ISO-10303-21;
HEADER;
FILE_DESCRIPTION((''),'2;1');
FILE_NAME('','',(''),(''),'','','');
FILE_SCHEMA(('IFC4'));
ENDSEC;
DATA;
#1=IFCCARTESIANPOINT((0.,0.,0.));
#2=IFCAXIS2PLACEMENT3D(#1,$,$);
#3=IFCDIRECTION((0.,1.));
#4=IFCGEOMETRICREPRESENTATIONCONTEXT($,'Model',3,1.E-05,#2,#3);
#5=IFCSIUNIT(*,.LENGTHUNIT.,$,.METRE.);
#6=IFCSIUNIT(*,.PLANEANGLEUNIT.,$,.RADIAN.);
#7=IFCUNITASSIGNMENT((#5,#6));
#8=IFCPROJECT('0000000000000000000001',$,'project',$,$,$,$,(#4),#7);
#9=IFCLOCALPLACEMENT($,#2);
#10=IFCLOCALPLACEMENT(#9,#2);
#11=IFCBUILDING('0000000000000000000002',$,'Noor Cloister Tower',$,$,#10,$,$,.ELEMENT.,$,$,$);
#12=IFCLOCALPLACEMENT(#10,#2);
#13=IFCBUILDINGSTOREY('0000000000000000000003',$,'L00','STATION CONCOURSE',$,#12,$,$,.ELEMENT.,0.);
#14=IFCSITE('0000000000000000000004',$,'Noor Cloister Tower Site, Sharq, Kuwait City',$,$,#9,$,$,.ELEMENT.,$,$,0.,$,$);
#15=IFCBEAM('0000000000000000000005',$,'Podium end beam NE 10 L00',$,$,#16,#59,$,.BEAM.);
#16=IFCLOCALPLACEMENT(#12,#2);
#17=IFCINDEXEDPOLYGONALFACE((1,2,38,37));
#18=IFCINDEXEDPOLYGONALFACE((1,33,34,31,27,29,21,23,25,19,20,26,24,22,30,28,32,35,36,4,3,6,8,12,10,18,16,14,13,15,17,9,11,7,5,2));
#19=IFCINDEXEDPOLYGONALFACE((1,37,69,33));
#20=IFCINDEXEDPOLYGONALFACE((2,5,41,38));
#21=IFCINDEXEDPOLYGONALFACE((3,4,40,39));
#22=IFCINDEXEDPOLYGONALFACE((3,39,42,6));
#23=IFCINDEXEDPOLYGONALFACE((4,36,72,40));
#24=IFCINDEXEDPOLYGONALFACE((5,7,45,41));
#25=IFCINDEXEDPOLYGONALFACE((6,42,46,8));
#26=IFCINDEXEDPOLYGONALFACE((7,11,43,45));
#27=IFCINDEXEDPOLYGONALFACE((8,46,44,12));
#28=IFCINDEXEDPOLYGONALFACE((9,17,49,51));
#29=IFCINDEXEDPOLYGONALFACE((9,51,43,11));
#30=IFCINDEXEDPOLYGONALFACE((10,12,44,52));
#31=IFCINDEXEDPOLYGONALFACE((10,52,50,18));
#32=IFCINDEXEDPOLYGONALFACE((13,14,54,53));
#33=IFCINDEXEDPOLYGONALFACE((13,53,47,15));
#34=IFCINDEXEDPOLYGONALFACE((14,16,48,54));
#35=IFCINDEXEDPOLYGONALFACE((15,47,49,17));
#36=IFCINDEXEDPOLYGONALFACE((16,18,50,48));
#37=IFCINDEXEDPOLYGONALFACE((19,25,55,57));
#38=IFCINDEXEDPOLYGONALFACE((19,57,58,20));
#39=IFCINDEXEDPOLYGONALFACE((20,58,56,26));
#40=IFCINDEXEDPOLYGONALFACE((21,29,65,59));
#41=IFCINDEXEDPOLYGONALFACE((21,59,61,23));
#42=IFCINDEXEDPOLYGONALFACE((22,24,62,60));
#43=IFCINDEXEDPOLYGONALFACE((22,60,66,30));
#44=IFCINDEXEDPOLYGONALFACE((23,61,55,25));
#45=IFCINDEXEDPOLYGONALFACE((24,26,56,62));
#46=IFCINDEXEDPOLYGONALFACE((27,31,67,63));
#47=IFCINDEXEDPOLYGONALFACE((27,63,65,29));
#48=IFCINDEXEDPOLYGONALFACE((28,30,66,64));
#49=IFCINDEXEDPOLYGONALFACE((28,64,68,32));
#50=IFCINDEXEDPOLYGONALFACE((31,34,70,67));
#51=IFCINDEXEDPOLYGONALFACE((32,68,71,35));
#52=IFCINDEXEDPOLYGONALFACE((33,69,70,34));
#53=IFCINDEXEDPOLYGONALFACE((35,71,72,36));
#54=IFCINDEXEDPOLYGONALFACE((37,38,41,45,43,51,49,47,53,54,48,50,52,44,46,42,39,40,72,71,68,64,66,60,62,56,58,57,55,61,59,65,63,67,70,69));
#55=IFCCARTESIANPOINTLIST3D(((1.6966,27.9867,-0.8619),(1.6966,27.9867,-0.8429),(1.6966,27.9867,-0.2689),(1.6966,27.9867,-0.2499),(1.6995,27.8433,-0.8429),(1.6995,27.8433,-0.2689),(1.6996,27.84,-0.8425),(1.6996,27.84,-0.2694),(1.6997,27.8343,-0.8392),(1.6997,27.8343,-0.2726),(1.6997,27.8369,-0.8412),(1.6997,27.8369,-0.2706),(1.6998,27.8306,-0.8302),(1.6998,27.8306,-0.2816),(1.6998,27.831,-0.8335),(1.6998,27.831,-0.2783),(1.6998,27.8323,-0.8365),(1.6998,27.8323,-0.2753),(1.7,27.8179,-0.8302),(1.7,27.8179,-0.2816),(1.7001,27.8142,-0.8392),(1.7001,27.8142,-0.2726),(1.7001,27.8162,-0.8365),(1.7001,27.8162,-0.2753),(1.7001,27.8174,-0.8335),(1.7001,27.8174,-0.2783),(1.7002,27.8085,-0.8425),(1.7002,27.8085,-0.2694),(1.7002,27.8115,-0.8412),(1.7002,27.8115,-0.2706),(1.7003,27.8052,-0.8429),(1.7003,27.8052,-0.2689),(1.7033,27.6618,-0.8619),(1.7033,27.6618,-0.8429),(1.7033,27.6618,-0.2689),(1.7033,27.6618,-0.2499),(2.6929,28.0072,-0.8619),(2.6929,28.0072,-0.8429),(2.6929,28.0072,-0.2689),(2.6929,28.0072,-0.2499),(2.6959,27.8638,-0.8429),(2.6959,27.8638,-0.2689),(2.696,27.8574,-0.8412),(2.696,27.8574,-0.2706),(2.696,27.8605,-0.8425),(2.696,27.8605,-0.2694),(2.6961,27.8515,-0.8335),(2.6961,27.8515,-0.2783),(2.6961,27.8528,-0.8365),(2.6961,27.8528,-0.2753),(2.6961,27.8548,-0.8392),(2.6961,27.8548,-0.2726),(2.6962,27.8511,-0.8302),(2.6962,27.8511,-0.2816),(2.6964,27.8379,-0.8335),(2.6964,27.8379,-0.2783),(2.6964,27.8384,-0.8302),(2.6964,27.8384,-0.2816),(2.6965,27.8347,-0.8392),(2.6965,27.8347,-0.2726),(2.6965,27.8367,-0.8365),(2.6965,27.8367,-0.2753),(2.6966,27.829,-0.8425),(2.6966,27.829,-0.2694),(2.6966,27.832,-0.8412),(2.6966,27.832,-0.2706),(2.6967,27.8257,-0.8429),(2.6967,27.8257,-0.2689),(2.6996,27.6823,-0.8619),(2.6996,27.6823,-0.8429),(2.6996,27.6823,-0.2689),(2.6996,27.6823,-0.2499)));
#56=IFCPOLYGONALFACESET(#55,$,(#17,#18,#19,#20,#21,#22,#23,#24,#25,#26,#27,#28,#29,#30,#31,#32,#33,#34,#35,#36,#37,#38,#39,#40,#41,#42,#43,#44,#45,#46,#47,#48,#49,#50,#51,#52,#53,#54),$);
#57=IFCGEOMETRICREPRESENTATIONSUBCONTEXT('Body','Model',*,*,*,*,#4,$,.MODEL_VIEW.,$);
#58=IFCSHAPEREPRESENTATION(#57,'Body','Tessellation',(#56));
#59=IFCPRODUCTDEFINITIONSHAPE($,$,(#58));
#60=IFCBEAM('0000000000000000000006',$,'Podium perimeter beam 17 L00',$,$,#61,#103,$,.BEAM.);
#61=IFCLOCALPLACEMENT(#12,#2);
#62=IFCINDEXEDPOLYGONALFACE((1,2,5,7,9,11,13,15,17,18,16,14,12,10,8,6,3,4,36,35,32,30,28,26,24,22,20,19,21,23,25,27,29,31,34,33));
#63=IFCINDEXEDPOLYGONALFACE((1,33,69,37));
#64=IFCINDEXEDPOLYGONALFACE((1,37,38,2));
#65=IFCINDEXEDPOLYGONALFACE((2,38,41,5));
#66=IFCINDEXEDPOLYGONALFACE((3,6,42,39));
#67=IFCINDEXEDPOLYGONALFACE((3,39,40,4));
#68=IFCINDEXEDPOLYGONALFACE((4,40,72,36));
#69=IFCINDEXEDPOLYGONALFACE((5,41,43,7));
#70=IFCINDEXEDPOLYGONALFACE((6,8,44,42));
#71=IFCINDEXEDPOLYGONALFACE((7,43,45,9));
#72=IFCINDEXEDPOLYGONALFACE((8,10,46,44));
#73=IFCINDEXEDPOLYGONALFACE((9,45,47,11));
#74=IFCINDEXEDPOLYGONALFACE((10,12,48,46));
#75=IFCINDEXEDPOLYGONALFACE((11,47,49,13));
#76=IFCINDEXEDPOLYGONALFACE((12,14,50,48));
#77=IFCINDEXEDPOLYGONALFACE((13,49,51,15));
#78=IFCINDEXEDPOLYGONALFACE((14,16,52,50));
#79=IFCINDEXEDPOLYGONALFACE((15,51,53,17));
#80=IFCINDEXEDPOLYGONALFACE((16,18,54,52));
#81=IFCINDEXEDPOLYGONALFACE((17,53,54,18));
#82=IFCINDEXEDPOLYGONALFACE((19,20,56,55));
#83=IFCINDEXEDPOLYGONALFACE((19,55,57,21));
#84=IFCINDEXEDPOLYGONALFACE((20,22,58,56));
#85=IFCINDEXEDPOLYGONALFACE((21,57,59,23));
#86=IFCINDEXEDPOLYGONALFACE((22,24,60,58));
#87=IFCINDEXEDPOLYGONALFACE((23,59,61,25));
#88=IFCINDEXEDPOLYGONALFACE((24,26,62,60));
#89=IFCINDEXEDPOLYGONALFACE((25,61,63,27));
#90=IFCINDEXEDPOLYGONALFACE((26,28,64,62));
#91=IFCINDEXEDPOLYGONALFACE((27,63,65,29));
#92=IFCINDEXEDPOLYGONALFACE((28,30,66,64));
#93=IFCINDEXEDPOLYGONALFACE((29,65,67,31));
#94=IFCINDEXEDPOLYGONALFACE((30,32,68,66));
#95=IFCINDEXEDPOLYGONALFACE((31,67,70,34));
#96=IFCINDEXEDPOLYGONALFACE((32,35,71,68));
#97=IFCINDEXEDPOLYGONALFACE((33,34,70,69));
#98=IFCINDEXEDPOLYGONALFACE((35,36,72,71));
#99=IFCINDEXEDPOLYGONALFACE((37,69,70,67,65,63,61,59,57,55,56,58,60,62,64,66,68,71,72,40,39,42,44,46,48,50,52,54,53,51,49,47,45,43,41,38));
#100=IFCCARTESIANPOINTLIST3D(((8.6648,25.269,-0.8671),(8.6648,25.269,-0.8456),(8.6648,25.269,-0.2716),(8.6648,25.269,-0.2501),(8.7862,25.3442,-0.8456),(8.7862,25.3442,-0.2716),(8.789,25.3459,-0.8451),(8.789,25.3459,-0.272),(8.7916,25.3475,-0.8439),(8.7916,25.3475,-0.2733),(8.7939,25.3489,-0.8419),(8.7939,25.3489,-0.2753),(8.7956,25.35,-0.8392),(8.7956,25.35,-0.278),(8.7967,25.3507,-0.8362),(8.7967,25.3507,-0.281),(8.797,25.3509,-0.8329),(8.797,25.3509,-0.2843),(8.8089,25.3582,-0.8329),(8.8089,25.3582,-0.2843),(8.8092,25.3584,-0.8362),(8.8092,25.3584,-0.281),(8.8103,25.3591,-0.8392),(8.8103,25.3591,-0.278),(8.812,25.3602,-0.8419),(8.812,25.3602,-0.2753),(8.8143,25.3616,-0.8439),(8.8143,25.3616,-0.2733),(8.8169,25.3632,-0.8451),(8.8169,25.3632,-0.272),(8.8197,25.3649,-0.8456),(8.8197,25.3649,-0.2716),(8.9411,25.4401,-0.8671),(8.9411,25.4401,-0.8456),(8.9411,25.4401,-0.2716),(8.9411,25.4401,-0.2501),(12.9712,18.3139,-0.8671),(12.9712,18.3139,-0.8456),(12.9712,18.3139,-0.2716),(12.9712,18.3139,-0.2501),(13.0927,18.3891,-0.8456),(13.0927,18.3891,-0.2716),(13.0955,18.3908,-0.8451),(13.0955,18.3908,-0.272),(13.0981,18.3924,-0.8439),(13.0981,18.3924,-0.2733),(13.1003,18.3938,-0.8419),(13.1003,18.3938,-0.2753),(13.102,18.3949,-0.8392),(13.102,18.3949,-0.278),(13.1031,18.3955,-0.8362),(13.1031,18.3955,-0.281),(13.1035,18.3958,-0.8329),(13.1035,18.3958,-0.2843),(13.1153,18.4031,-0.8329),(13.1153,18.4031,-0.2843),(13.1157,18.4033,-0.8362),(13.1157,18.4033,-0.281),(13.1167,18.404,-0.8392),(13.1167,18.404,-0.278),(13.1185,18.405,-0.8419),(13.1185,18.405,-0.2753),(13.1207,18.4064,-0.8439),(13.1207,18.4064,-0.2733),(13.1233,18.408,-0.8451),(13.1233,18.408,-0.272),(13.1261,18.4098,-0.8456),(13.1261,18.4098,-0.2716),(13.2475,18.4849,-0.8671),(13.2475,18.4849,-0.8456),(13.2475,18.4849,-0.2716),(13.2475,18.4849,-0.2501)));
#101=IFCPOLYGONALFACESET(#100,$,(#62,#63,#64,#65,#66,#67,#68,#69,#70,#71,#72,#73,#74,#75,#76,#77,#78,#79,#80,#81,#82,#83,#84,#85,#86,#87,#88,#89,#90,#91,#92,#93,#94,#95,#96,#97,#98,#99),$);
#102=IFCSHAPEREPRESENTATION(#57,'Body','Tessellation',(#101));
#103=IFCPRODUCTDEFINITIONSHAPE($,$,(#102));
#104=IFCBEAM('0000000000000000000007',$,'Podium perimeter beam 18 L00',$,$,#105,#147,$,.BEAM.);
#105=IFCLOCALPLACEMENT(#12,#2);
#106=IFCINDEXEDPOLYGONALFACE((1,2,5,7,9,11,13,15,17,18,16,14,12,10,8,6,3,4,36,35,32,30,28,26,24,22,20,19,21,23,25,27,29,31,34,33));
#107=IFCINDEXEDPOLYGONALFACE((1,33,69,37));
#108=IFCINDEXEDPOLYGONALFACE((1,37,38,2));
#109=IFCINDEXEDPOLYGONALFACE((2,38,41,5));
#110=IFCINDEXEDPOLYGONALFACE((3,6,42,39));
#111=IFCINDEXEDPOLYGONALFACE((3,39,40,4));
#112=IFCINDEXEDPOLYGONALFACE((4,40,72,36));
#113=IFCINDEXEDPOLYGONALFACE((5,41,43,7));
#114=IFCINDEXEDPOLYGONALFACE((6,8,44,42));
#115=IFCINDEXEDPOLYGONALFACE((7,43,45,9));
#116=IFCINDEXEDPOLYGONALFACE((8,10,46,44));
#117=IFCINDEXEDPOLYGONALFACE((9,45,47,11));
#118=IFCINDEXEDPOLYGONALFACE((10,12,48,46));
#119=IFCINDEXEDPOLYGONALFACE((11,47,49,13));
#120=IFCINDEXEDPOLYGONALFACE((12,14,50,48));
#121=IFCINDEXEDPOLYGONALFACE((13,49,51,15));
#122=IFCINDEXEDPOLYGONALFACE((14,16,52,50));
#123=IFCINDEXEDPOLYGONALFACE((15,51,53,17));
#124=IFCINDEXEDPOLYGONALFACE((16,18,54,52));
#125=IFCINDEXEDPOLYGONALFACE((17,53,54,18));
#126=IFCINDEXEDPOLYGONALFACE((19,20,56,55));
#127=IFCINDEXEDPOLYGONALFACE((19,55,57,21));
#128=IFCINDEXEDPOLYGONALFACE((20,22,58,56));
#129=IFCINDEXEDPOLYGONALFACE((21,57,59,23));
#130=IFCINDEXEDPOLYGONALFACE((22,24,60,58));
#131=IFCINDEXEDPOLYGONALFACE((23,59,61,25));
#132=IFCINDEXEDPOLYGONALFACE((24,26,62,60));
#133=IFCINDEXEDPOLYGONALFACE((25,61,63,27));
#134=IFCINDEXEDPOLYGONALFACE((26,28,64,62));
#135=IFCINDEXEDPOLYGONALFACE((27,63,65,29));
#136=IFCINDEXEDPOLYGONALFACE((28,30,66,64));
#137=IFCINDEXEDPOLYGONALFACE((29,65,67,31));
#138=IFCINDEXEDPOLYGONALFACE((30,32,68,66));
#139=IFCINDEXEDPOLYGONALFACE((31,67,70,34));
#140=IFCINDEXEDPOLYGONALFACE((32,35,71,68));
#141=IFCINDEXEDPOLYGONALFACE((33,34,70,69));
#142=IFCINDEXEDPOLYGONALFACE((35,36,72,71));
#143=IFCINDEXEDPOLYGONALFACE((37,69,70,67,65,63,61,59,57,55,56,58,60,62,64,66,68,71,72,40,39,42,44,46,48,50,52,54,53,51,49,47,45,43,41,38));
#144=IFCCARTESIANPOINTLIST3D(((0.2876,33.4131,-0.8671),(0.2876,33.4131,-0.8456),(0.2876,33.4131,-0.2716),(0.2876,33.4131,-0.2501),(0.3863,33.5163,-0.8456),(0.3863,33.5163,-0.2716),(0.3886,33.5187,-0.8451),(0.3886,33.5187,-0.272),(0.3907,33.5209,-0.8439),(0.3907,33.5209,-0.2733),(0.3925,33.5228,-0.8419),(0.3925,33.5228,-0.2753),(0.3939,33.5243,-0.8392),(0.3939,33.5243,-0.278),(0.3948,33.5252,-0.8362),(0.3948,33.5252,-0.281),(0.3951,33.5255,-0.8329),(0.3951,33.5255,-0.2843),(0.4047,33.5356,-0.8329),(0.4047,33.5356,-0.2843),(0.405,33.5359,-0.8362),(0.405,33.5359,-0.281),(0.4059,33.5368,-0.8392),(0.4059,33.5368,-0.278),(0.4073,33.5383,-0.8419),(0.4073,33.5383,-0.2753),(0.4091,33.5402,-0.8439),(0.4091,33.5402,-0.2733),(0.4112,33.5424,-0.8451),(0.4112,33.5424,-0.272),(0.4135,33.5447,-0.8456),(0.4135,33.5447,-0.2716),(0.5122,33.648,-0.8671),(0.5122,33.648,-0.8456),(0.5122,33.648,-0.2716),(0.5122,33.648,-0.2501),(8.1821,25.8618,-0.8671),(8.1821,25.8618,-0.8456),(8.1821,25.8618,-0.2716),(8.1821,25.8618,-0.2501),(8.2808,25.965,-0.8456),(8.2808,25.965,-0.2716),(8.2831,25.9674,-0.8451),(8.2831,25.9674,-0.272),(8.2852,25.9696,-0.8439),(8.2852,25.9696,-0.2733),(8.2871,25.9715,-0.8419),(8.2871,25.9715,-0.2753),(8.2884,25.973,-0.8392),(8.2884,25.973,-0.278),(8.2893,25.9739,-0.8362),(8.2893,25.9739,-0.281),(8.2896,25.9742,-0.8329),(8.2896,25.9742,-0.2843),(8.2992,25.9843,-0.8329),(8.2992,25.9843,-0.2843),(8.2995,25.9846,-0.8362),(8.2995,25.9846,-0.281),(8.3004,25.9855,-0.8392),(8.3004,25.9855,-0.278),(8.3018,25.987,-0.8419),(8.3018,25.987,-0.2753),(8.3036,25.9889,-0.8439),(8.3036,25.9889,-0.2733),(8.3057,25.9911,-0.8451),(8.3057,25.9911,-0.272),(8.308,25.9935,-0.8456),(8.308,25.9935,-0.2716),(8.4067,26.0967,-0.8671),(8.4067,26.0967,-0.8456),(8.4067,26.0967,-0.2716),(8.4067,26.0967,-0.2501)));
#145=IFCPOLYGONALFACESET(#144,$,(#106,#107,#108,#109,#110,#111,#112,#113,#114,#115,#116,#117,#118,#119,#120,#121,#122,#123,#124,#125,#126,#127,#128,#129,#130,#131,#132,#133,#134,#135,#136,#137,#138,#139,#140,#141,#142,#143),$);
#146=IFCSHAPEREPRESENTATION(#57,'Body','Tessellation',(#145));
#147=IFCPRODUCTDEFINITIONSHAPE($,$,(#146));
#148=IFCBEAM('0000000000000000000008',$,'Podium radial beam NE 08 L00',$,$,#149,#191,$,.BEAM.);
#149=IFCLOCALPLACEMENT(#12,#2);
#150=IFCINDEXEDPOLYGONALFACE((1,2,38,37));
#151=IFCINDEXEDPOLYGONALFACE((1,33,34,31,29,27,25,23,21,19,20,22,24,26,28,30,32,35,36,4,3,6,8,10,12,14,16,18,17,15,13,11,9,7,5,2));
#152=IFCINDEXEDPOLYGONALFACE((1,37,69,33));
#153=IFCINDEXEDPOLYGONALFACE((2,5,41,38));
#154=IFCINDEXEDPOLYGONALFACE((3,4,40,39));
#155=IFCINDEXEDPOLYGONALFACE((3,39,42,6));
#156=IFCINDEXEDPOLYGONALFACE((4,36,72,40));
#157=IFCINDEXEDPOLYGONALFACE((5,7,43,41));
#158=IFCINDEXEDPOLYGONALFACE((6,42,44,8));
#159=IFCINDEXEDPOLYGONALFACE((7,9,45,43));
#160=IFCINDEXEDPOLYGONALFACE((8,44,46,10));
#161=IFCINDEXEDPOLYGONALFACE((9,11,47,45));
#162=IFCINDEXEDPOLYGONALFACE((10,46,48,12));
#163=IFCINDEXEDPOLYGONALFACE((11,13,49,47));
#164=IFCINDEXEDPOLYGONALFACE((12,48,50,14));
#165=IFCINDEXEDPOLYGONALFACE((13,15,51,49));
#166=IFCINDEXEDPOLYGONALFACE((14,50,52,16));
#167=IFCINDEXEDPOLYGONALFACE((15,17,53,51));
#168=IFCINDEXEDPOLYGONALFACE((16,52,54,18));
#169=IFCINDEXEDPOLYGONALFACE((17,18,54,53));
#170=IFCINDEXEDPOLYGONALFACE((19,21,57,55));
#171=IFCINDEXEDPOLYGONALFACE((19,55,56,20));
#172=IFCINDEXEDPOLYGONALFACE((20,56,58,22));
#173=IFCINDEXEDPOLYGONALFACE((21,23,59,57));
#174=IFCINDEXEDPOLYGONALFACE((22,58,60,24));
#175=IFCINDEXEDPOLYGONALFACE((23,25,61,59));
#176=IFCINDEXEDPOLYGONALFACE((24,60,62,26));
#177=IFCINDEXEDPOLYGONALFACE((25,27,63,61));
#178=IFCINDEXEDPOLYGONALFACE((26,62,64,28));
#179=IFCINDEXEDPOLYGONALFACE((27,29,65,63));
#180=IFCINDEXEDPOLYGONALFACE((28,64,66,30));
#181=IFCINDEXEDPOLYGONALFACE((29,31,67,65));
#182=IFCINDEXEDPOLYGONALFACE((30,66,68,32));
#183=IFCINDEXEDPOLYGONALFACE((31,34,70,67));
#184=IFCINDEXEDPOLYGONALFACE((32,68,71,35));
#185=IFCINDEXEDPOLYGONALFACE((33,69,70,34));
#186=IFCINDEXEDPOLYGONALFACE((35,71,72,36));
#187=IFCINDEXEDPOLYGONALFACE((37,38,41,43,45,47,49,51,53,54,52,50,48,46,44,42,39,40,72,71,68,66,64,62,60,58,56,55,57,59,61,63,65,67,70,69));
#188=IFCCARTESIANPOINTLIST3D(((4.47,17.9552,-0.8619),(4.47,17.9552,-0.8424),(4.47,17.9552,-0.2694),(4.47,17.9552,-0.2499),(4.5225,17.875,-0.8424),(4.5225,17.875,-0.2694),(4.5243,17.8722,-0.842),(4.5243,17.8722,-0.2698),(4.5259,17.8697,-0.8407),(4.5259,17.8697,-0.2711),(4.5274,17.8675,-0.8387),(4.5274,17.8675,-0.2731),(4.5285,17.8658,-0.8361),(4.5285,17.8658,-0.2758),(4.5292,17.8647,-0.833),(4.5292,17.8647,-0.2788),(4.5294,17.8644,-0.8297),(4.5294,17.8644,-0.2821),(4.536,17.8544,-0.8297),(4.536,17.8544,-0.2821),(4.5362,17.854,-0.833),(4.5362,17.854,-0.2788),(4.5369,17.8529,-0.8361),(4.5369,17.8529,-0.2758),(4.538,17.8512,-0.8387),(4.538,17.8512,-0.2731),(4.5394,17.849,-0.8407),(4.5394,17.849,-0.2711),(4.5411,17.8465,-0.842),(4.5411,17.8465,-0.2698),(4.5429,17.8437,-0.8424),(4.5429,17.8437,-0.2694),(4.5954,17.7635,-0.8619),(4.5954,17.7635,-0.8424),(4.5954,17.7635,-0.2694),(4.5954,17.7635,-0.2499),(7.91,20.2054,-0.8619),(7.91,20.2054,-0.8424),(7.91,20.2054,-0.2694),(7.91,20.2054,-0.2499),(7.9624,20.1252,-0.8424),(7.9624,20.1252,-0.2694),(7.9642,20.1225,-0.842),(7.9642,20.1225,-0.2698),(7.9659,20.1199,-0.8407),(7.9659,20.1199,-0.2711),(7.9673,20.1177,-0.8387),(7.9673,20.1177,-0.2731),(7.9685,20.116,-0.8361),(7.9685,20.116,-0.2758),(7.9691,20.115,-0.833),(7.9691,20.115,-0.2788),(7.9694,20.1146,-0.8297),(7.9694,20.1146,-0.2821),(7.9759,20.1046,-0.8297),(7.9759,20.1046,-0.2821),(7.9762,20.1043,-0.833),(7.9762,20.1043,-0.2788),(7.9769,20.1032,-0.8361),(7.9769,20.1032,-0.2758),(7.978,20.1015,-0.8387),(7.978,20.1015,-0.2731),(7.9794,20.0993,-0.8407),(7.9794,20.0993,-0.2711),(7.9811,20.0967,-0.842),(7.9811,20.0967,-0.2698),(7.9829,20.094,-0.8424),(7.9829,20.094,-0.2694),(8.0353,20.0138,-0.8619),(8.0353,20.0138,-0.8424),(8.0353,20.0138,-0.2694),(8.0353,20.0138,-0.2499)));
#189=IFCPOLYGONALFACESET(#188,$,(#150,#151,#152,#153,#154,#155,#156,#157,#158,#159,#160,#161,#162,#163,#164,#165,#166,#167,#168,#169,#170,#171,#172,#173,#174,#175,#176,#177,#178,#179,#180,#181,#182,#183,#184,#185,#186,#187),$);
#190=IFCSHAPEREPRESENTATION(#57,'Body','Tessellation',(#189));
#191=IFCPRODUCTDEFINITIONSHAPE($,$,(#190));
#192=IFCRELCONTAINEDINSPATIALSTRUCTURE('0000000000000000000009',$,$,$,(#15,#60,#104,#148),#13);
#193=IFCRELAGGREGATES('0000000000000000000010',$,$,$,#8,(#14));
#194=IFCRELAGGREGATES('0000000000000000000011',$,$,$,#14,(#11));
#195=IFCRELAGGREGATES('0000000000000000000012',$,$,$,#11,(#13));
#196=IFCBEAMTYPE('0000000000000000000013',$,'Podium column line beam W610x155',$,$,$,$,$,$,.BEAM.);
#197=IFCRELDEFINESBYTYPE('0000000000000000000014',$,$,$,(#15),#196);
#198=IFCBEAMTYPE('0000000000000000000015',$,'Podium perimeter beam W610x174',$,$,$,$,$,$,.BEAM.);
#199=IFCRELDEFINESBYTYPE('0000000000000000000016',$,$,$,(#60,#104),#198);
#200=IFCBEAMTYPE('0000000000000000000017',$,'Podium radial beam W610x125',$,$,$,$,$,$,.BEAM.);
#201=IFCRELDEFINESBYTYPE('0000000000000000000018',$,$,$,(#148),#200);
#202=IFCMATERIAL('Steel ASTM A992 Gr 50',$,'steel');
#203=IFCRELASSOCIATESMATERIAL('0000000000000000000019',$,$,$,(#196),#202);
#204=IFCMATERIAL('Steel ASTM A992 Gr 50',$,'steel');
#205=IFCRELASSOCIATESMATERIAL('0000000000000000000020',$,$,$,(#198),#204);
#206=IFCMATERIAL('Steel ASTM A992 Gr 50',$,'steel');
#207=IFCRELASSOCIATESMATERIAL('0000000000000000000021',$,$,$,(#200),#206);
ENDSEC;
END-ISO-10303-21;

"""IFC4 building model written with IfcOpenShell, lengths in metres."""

from ifc_helpers import new_model, si_unit, direction, frame, origin, origin_2d, place, context, subcontext, project, spatial, i_section, extrude, material, material_profile, profile_set, type_object, element, save


model = new_model("IFC4")

# Units and contexts
model_context = context("Model", 3, precision=1e-05, world=origin(), true_north=direction((0.0, 1.0)))
body_context = subcontext(model_context, "Body", "Model", "MODEL_VIEW")
ifc_project = project(units=[si_unit("LENGTHUNIT", "METRE"), si_unit("PLANEANGLEUNIT", "RADIAN")], contexts=[model_context])

# Site, building, storey
site_placement = place(None, origin())
site = spatial("IfcSite", under=ifc_project, at=site_placement, Name="Noor Cloister Tower Site, Sharq, Kuwait City", CompositionType="ELEMENT", RefElevation=0.0)
building_placement = place(site_placement, origin())
building = spatial("IfcBuilding", under=site, at=building_placement, Name="Noor Cloister Tower", CompositionType="ELEMENT")
storey_placement = place(building_placement, origin())
storey = spatial("IfcBuildingStorey", under=building, at=storey_placement, Name="L00", Description="STATION CONCOURSE", CompositionType="ELEMENT", Elevation=0.0)

# Beams
ifc_material_1 = material(Name="Steel ASTM A992 Gr 50", Category="steel")
ifc_material_profile_1 = material_profile(ifc_material_1, i_section(OverallWidth=0.325, OverallDepth=0.6121, WebThickness=0.0127, FlangeThickness=0.019, FilletRadius=0.0127, at=origin_2d()), Name="W610x155")
ifc_profile_set_1 = profile_set([ifc_material_profile_1], Name="Steel ASTM A992 Gr 50")
beam_type_1 = type_object("IfcBeamType", Name="Podium column line beam W610x155", PredefinedType="BEAM", material=ifc_profile_set_1)
beam_1_placement = place(storey_placement, frame((2.6963, 27.8447, -0.5559), z_axis=(-0.999788, -0.020579, 0.0), x_axis=(0.020579, -0.999788, 0.0)))
element("IfcBeam", 1, at=beam_1_placement, inside=storey, type_object=beam_type_1, Name="Podium end beam NE 10 L00", PredefinedType="BEAM", context=body_context, shape_type="SweptSolid", body=[
    extrude(i_section(OverallWidth=0.325, OverallDepth=0.6121, WebThickness=0.0127, FlangeThickness=0.019, FilletRadius=0.0127, at=origin_2d()), origin(), (0.0, 0.0, 1.0), 0.9966),
])
ifc_material_2 = material(Name="Steel ASTM A992 Gr 50", Category="steel")
ifc_material_profile_2 = material_profile(ifc_material_2, i_section(OverallWidth=0.325, OverallDepth=0.6169, WebThickness=0.0139, FlangeThickness=0.0215, FilletRadius=0.0127, at=origin_2d()), Name="W610x174")
ifc_profile_set_2 = profile_set([ifc_material_profile_2], Name="Steel ASTM A992 Gr 50")
beam_type_2 = type_object("IfcBeamType", Name="Podium perimeter beam W610x174", PredefinedType="BEAM", material=ifc_profile_set_2)
beam_2_placement = place(storey_placement, frame((13.1094, 18.3994, -0.5586), z_axis=(-0.526432, 0.850217, 0.0), x_axis=(-0.850217, -0.526432, 0.0)))
element("IfcBeam", 2, at=beam_2_placement, inside=storey, type_object=beam_type_2, Name="Podium perimeter beam 17 L00", PredefinedType="BEAM", context=body_context, shape_type="SweptSolid", body=[
    extrude(i_section(OverallWidth=0.325, OverallDepth=0.6169, WebThickness=0.0139, FlangeThickness=0.0215, FilletRadius=0.0127, at=origin_2d()), origin(), (0.0, 0.0, 1.0), 8.1804),
])
beam_3_placement = place(storey_placement, frame((8.2944, 25.9792, -0.5586), z_axis=(-0.722643, 0.691222, 0.0), x_axis=(-0.691222, -0.722643, 0.0)))
element("IfcBeam", 3, at=beam_3_placement, inside=storey, type_object=beam_type_2, Name="Podium perimeter beam 18 L00", PredefinedType="BEAM", context=body_context, shape_type="SweptSolid", body=[
    extrude(i_section(OverallWidth=0.325, OverallDepth=0.6169, WebThickness=0.0139, FlangeThickness=0.0215, FilletRadius=0.0127, at=origin_2d()), origin(), (0.0, 0.0, 1.0), 10.9246),
])
ifc_material_3 = material(Name="Steel ASTM A992 Gr 50", Category="steel")
ifc_material_profile_3 = material_profile(ifc_material_3, i_section(OverallWidth=0.229, OverallDepth=0.6121, WebThickness=0.012, FlangeThickness=0.0195, FilletRadius=0.0127, at=origin_2d()), Name="W610x125")
ifc_profile_set_3 = profile_set([ifc_material_profile_3], Name="Steel ASTM A992 Gr 50")
beam_type_3 = type_object("IfcBeamType", Name="Podium radial beam W610x125", PredefinedType="BEAM", material=ifc_profile_set_3)
beam_4_placement = place(storey_placement, frame((7.9727, 20.1096, -0.5559), z_axis=(-0.836852, -0.547429, 0.0), x_axis=(0.547429, -0.836852, 0.0)))
element("IfcBeam", 4, at=beam_4_placement, inside=storey, type_object=beam_type_3, Name="Podium radial beam NE 08 L00", PredefinedType="BEAM", context=body_context, shape_type="SweptSolid", body=[
    extrude(i_section(OverallWidth=0.229, OverallDepth=0.6121, WebThickness=0.012, FlangeThickness=0.0195, FilletRadius=0.0127, at=origin_2d()), origin(), (0.0, 0.0, 1.0), 4.1106),
])

save(model, "model.ifc")
